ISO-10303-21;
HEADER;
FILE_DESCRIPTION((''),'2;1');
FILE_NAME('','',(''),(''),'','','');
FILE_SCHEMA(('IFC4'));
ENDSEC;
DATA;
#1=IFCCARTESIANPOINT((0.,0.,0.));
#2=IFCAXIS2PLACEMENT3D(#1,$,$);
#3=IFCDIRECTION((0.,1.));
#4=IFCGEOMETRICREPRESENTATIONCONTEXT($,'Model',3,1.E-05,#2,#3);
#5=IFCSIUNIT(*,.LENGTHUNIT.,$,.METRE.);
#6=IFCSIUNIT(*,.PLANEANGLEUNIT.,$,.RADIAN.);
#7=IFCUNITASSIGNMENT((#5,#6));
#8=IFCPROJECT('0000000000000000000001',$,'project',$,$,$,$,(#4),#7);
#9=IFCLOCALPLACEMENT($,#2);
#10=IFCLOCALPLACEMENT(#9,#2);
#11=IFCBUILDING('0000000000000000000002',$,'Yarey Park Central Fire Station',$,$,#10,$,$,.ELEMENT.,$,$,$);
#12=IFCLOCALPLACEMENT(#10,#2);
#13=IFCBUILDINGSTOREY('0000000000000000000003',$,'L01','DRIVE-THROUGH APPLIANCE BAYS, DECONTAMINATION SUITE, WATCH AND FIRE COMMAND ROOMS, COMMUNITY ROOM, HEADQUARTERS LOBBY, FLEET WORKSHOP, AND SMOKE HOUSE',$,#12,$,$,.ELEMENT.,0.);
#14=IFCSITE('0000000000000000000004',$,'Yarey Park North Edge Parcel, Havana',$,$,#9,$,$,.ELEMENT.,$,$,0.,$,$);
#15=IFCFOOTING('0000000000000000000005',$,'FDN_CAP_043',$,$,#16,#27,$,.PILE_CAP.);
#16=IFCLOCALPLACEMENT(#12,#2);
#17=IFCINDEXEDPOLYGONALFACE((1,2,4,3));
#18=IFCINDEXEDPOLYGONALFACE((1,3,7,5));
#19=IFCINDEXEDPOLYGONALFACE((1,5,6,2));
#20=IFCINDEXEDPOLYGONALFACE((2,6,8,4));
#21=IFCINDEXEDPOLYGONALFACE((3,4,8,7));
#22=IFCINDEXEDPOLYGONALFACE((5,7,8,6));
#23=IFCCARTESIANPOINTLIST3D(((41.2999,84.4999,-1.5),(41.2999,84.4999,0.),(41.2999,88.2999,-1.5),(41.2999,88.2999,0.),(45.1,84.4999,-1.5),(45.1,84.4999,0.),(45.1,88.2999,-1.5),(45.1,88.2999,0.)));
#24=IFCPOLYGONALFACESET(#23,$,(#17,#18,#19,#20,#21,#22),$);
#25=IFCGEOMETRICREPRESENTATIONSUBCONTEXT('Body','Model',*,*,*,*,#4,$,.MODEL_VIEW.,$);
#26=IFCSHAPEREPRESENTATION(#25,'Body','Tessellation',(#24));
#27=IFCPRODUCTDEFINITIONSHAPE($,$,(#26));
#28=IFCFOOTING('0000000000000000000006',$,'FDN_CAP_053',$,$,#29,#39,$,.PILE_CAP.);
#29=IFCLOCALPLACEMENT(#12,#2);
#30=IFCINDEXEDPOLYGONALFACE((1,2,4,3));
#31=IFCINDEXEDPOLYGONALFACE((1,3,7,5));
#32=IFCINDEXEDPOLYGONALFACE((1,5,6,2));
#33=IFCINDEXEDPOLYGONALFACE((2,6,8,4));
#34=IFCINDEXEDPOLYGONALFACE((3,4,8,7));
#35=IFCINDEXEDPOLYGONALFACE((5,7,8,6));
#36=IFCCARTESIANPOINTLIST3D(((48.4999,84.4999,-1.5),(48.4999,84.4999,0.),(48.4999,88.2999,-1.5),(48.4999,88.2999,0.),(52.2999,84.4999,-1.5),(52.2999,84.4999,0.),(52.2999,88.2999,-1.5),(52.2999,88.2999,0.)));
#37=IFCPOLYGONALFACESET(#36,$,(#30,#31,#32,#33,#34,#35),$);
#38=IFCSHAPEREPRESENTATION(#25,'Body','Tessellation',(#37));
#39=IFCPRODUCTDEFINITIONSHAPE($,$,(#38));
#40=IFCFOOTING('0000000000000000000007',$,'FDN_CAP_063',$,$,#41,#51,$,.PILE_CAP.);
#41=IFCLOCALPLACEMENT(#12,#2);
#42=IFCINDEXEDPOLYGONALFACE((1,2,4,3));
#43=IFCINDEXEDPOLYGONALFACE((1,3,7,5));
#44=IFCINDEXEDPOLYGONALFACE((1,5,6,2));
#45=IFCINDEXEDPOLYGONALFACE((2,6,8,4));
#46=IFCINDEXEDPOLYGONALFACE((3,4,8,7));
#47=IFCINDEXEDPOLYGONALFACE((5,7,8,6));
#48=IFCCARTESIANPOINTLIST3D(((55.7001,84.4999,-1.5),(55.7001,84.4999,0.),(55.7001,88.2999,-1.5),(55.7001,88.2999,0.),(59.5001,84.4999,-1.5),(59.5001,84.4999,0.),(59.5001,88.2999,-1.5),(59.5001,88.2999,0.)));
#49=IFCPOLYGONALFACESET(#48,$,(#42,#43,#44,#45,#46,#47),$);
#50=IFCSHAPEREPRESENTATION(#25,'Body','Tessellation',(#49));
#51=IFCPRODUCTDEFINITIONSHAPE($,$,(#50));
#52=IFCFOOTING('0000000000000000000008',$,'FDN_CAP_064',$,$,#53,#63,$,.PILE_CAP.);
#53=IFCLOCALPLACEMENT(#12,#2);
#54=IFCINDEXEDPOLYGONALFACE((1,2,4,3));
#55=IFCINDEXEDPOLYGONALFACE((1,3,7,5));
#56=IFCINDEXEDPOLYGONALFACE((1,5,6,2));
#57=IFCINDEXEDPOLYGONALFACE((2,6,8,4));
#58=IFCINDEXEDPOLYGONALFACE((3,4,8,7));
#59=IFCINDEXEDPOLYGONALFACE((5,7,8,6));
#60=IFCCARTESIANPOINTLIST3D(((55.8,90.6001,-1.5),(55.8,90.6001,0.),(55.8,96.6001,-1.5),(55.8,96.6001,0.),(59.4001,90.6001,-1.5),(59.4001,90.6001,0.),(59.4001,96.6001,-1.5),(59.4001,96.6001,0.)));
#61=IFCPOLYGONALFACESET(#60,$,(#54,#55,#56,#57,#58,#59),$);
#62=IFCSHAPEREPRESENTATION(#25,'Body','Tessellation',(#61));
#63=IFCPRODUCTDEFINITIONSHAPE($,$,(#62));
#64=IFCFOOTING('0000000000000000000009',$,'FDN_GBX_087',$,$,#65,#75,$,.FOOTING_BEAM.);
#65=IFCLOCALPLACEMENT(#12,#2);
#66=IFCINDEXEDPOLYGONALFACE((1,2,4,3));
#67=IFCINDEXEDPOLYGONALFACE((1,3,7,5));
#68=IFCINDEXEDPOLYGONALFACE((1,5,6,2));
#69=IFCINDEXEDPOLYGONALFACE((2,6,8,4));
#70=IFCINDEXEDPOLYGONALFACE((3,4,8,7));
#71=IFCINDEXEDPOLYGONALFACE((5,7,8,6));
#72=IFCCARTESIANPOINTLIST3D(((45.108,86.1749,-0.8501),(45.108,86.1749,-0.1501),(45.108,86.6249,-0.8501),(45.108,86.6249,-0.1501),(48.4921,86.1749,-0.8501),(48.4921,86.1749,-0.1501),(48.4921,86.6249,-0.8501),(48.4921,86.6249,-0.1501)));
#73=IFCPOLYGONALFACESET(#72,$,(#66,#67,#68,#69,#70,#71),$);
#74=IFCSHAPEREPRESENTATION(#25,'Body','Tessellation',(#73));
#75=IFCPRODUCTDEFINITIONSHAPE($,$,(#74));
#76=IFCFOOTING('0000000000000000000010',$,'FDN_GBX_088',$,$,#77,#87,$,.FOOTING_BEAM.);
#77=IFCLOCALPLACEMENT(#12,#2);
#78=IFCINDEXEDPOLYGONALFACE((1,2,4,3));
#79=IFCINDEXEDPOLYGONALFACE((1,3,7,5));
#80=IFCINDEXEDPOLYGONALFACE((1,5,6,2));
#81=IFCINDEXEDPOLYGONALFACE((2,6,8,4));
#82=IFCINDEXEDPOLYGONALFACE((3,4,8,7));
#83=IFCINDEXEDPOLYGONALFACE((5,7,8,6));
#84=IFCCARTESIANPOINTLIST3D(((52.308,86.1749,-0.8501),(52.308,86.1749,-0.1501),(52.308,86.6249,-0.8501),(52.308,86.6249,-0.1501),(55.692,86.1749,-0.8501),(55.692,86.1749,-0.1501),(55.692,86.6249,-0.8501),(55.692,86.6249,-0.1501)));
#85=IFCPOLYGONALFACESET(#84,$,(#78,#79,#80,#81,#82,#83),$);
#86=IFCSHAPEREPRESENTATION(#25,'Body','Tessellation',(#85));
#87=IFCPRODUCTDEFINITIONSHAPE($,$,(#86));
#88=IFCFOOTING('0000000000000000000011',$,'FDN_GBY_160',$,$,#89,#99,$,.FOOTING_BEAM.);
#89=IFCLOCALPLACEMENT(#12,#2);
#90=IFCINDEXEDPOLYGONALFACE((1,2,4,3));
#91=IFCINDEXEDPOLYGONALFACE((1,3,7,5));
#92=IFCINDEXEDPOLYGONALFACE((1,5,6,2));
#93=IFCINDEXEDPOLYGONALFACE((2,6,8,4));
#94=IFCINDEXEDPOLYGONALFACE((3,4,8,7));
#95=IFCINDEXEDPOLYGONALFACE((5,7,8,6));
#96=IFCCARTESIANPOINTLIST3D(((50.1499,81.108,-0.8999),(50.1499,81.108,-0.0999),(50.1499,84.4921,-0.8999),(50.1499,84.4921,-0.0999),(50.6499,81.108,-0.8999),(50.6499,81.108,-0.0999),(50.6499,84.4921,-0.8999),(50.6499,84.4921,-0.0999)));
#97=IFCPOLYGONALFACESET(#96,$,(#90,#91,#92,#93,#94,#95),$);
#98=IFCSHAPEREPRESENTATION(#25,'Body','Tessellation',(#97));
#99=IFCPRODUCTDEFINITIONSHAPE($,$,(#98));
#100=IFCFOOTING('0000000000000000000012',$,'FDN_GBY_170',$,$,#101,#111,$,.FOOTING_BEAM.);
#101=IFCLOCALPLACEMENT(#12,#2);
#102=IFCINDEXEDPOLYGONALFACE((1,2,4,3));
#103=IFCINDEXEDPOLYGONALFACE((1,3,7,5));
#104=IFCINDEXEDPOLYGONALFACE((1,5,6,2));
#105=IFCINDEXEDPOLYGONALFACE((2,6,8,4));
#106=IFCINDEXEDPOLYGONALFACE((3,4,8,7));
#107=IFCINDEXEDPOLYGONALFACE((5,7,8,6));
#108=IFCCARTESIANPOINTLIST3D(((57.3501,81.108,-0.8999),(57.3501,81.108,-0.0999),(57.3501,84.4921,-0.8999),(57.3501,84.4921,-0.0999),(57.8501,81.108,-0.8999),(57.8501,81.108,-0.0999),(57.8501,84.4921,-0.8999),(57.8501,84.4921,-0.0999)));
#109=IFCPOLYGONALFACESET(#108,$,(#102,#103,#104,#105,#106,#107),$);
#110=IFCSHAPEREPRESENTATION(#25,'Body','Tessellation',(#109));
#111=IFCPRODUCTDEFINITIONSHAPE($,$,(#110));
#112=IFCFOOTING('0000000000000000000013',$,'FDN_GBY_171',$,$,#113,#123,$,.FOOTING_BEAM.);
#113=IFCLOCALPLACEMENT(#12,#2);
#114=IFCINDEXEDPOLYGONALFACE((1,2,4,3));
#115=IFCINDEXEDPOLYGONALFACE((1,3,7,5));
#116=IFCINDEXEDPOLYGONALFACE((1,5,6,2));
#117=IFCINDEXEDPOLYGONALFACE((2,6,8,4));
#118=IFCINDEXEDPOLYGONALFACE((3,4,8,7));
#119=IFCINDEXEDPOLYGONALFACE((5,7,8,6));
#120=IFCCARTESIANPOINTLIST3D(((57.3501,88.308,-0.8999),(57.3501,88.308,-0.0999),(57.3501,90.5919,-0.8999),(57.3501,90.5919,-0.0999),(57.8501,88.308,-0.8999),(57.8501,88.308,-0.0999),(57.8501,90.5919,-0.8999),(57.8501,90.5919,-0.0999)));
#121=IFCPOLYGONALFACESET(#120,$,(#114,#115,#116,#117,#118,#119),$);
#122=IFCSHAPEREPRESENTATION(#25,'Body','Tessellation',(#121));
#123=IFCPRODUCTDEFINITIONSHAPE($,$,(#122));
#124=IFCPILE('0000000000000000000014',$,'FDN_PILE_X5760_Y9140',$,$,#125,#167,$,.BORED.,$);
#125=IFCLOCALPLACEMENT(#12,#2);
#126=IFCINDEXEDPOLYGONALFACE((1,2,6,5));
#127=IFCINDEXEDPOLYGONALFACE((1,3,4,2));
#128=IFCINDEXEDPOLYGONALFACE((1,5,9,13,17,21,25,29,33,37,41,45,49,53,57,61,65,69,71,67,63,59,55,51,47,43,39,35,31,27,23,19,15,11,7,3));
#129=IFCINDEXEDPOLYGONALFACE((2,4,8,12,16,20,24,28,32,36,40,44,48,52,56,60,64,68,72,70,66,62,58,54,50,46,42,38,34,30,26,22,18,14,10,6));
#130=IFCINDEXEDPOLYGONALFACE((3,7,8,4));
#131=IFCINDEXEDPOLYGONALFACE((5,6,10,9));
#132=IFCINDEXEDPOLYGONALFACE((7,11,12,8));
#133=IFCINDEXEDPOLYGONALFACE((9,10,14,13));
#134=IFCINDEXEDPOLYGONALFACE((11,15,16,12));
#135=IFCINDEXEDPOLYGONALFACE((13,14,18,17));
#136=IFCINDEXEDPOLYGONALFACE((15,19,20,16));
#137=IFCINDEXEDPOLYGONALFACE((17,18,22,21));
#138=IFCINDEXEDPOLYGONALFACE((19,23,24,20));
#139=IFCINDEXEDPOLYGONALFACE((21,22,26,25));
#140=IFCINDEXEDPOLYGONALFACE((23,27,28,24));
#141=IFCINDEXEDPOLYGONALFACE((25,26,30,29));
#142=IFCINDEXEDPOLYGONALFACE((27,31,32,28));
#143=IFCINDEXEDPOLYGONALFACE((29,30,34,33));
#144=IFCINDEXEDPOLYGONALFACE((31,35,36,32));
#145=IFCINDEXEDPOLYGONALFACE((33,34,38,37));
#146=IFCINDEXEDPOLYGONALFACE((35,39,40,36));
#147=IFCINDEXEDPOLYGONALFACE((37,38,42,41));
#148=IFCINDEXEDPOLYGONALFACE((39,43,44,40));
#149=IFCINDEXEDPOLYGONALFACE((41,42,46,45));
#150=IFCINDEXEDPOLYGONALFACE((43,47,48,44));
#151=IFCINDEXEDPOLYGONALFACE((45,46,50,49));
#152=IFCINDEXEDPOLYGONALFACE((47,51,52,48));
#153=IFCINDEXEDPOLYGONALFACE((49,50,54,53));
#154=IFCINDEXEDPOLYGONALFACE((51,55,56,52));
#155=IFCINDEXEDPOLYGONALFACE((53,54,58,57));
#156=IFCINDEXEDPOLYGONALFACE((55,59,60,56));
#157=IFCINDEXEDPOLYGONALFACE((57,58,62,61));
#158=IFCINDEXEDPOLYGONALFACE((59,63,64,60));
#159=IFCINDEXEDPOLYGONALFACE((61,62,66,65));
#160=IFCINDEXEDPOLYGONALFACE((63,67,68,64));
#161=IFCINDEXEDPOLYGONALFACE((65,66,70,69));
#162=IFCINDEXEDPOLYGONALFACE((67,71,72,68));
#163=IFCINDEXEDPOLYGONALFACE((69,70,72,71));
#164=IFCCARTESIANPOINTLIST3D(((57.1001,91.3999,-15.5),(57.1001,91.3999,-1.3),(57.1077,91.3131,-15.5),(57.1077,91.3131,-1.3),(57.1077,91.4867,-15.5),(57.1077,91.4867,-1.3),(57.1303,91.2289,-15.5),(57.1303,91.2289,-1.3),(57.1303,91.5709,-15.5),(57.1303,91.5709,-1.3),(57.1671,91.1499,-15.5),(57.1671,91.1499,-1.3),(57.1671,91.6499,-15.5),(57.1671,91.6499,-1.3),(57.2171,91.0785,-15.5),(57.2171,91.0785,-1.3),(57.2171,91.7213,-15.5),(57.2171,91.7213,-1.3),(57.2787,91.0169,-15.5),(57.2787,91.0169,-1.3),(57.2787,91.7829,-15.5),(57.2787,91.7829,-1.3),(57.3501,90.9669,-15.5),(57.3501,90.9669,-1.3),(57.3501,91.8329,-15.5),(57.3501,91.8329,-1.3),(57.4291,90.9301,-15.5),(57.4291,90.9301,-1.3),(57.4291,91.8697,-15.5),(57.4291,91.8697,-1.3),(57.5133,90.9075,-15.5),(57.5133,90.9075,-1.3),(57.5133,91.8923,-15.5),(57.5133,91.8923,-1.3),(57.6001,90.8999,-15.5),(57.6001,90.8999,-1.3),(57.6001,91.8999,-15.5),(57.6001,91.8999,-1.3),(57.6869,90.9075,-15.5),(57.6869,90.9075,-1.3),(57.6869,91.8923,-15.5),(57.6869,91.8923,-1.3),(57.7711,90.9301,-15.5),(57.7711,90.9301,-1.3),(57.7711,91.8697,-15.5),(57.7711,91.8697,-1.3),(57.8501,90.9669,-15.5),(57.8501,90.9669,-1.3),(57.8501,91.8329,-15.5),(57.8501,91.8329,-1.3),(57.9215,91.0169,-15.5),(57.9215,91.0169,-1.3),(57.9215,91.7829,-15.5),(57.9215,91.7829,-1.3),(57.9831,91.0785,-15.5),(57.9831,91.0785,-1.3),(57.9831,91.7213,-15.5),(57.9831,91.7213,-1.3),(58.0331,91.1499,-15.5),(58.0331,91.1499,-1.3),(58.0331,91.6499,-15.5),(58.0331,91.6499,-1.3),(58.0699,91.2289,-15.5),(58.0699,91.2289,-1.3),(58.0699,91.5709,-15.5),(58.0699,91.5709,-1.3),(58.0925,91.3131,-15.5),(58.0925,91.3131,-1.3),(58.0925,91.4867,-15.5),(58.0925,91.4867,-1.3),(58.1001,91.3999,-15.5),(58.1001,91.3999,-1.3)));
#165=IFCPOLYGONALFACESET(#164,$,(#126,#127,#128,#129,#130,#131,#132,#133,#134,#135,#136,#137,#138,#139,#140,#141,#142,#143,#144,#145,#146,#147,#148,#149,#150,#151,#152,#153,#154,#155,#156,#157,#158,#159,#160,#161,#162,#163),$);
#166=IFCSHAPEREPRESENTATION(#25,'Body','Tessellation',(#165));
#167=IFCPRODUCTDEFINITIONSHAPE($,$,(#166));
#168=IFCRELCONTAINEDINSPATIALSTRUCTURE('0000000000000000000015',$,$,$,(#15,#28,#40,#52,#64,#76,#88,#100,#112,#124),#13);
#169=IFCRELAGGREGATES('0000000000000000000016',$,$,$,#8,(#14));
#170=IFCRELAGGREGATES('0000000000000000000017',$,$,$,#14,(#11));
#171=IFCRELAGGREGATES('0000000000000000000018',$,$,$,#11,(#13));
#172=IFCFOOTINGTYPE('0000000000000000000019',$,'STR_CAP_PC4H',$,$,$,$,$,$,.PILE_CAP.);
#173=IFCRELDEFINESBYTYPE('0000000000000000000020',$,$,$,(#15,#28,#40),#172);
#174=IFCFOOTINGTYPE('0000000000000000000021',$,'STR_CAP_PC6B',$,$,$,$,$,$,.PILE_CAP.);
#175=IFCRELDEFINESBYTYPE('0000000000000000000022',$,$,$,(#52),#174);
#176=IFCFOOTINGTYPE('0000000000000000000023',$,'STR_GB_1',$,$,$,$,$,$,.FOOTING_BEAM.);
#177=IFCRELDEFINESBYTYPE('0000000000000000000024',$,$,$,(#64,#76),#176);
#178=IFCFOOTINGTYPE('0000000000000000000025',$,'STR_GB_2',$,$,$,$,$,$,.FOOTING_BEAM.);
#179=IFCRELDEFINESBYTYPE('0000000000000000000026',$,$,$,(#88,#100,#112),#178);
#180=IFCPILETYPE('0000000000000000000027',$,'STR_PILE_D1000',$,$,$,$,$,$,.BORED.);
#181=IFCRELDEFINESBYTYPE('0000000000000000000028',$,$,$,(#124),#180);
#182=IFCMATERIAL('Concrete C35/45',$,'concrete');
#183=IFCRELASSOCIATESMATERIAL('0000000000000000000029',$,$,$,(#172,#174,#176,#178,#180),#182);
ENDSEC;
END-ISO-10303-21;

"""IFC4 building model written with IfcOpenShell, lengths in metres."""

from ifc_helpers import new_model, si_unit, direction, frame, origin, origin_2d, place, context, subcontext, project, spatial, rectangle, circle, extrude, material, material_profile, profile_set, type_object, element, save


model = new_model("IFC4")

# Units and contexts
model_context = context("Model", 3, precision=1e-05, world=origin(), true_north=direction((0.0, 1.0)))
body_context = subcontext(model_context, "Body", "Model", "MODEL_VIEW")
ifc_project = project(units=[si_unit("LENGTHUNIT", "METRE"), si_unit("PLANEANGLEUNIT", "RADIAN")], contexts=[model_context])

# Site, building, storey
site_placement = place(None, origin())
site = spatial("IfcSite", under=ifc_project, at=site_placement, Name="Yarey Park North Edge Parcel, Havana", CompositionType="ELEMENT", RefElevation=0.0)
building_placement = place(site_placement, origin())
building = spatial("IfcBuilding", under=site, at=building_placement, Name="Yarey Park Central Fire Station", CompositionType="ELEMENT")
storey_placement = place(building_placement, origin())
storey = spatial("IfcBuildingStorey", under=building, at=storey_placement, Name="L01", Description="DRIVE-THROUGH APPLIANCE BAYS, DECONTAMINATION SUITE, WATCH AND FIRE COMMAND ROOMS, COMMUNITY ROOM, HEADQUARTERS LOBBY, FLEET WORKSHOP, AND SMOKE HOUSE", CompositionType="ELEMENT", Elevation=0.0)

# Footings
ifc_material_1 = material(Name="Concrete C35/45", Category="concrete")
footing_type_1 = type_object("IfcFootingType", Name="STR_CAP_PC4H", PredefinedType="PILE_CAP", material=ifc_material_1)
for number, where, z_axis, x_axis, name in (
    (1, (43.2, 86.3999, -1.5), (0.0, 0.0, 1.0), (1.0, 0.0, 0.0), "FDN_CAP_043"),
    (2, (50.3999, 86.3999, -1.5), (0.0, 0.0, 1.0), (1.0, 0.0, 0.0), "FDN_CAP_053"),
    (3, (57.6001, 86.3999, -1.5), (0.0, 0.0, 1.0), (1.0, 0.0, 0.0), "FDN_CAP_063"),
):
    element("IfcFooting", number, at=place(storey_placement, frame(where, z_axis=z_axis, x_axis=x_axis)), inside=storey, type_object=footing_type_1, Name=name, PredefinedType="PILE_CAP", context=body_context, shape_type="SweptSolid", body=[
        extrude(rectangle(XDim=3.8, YDim=3.8, at=origin_2d()), origin(), (0.0, 0.0, 1.0), 1.5),
    ])
footing_type_2 = type_object("IfcFootingType", Name="STR_CAP_PC6B", PredefinedType="PILE_CAP", material=ifc_material_1)
footing_1_placement = place(storey_placement, frame((57.6001, 93.6001, -1.5), z_axis=(0.0, 0.0, 1.0), x_axis=(1.0, 0.0, 0.0)))
element("IfcFooting", 4, at=footing_1_placement, inside=storey, type_object=footing_type_2, Name="FDN_CAP_064", PredefinedType="PILE_CAP", context=body_context, shape_type="SweptSolid", body=[
    extrude(rectangle(XDim=3.6001, YDim=6.0, at=origin_2d()), origin(), (0.0, 0.0, 1.0), 1.5),
])
footing_type_3 = type_object("IfcFootingType", Name="STR_GB_1", PredefinedType="FOOTING_BEAM", material=ifc_material_1)
for number, where, z_axis, x_axis, name in (
    (5, (46.8, 86.3999, -0.8501), (0.0, 0.0, 1.0), (1.0, 0.0, 0.0), "FDN_GBX_087"),
    (6, (54.0, 86.3999, -0.8501), (0.0, 0.0, 1.0), (1.0, 0.0, 0.0), "FDN_GBX_088"),
):
    element("IfcFooting", number, at=place(storey_placement, frame(where, z_axis=z_axis, x_axis=x_axis)), inside=storey, type_object=footing_type_3, Name=name, PredefinedType="FOOTING_BEAM", context=body_context, shape_type="SweptSolid", body=[
        extrude(rectangle(XDim=3.384, YDim=0.45, at=origin_2d()), origin(), (0.0, 0.0, 1.0), 0.7),
    ])
footing_type_4 = type_object("IfcFootingType", Name="STR_GB_2", PredefinedType="FOOTING_BEAM", material=ifc_material_1)
for number, where, z_axis, x_axis, name in (
    (7, (50.3999, 82.8, -0.8999), (0.0, 0.0, 1.0), (1.0, 0.0, 0.0), "FDN_GBY_160"),
    (8, (57.6001, 82.8, -0.8999), (0.0, 0.0, 1.0), (1.0, 0.0, 0.0), "FDN_GBY_170"),
):
    element("IfcFooting", number, at=place(storey_placement, frame(where, z_axis=z_axis, x_axis=x_axis)), inside=storey, type_object=footing_type_4, Name=name, PredefinedType="FOOTING_BEAM", context=body_context, shape_type="SweptSolid", body=[
        extrude(rectangle(XDim=0.5, YDim=3.384, at=origin_2d()), origin(), (0.0, 0.0, 1.0), 0.8),
    ])
footing_2_placement = place(storey_placement, frame((57.6001, 89.45, -0.8999), z_axis=(0.0, 0.0, 1.0), x_axis=(1.0, 0.0, 0.0)))
element("IfcFooting", 9, at=footing_2_placement, inside=storey, type_object=footing_type_4, Name="FDN_GBY_171", PredefinedType="FOOTING_BEAM", context=body_context, shape_type="SweptSolid", body=[
    extrude(rectangle(XDim=0.5, YDim=2.2839, at=origin_2d()), origin(), (0.0, 0.0, 1.0), 0.8),
])

# Pile
ifc_material_profile_1 = material_profile(ifc_material_1, circle(Radius=0.5, at=origin_2d()), Name="BORED PILE D1000")
ifc_profile_set_1 = profile_set([ifc_material_profile_1], Name="Concrete C35/45")
pile_type_1 = type_object("IfcPileType", Name="STR_PILE_D1000", PredefinedType="BORED", material=ifc_profile_set_1)
pile_placement = place(storey_placement, frame((57.6001, 91.3999, -1.3), z_axis=(0.0, 0.0, -1.0), x_axis=(1.0, 0.0, 0.0)))
element("IfcPile", 10, at=pile_placement, inside=storey, type_object=pile_type_1, Name="FDN_PILE_X5760_Y9140", PredefinedType="BORED", context=body_context, shape_type="SweptSolid", body=[
    extrude(circle(Radius=0.5, at=origin_2d()), origin(), (0.0, 0.0, 1.0), 14.2),
])

save(model, "model.ifc")
